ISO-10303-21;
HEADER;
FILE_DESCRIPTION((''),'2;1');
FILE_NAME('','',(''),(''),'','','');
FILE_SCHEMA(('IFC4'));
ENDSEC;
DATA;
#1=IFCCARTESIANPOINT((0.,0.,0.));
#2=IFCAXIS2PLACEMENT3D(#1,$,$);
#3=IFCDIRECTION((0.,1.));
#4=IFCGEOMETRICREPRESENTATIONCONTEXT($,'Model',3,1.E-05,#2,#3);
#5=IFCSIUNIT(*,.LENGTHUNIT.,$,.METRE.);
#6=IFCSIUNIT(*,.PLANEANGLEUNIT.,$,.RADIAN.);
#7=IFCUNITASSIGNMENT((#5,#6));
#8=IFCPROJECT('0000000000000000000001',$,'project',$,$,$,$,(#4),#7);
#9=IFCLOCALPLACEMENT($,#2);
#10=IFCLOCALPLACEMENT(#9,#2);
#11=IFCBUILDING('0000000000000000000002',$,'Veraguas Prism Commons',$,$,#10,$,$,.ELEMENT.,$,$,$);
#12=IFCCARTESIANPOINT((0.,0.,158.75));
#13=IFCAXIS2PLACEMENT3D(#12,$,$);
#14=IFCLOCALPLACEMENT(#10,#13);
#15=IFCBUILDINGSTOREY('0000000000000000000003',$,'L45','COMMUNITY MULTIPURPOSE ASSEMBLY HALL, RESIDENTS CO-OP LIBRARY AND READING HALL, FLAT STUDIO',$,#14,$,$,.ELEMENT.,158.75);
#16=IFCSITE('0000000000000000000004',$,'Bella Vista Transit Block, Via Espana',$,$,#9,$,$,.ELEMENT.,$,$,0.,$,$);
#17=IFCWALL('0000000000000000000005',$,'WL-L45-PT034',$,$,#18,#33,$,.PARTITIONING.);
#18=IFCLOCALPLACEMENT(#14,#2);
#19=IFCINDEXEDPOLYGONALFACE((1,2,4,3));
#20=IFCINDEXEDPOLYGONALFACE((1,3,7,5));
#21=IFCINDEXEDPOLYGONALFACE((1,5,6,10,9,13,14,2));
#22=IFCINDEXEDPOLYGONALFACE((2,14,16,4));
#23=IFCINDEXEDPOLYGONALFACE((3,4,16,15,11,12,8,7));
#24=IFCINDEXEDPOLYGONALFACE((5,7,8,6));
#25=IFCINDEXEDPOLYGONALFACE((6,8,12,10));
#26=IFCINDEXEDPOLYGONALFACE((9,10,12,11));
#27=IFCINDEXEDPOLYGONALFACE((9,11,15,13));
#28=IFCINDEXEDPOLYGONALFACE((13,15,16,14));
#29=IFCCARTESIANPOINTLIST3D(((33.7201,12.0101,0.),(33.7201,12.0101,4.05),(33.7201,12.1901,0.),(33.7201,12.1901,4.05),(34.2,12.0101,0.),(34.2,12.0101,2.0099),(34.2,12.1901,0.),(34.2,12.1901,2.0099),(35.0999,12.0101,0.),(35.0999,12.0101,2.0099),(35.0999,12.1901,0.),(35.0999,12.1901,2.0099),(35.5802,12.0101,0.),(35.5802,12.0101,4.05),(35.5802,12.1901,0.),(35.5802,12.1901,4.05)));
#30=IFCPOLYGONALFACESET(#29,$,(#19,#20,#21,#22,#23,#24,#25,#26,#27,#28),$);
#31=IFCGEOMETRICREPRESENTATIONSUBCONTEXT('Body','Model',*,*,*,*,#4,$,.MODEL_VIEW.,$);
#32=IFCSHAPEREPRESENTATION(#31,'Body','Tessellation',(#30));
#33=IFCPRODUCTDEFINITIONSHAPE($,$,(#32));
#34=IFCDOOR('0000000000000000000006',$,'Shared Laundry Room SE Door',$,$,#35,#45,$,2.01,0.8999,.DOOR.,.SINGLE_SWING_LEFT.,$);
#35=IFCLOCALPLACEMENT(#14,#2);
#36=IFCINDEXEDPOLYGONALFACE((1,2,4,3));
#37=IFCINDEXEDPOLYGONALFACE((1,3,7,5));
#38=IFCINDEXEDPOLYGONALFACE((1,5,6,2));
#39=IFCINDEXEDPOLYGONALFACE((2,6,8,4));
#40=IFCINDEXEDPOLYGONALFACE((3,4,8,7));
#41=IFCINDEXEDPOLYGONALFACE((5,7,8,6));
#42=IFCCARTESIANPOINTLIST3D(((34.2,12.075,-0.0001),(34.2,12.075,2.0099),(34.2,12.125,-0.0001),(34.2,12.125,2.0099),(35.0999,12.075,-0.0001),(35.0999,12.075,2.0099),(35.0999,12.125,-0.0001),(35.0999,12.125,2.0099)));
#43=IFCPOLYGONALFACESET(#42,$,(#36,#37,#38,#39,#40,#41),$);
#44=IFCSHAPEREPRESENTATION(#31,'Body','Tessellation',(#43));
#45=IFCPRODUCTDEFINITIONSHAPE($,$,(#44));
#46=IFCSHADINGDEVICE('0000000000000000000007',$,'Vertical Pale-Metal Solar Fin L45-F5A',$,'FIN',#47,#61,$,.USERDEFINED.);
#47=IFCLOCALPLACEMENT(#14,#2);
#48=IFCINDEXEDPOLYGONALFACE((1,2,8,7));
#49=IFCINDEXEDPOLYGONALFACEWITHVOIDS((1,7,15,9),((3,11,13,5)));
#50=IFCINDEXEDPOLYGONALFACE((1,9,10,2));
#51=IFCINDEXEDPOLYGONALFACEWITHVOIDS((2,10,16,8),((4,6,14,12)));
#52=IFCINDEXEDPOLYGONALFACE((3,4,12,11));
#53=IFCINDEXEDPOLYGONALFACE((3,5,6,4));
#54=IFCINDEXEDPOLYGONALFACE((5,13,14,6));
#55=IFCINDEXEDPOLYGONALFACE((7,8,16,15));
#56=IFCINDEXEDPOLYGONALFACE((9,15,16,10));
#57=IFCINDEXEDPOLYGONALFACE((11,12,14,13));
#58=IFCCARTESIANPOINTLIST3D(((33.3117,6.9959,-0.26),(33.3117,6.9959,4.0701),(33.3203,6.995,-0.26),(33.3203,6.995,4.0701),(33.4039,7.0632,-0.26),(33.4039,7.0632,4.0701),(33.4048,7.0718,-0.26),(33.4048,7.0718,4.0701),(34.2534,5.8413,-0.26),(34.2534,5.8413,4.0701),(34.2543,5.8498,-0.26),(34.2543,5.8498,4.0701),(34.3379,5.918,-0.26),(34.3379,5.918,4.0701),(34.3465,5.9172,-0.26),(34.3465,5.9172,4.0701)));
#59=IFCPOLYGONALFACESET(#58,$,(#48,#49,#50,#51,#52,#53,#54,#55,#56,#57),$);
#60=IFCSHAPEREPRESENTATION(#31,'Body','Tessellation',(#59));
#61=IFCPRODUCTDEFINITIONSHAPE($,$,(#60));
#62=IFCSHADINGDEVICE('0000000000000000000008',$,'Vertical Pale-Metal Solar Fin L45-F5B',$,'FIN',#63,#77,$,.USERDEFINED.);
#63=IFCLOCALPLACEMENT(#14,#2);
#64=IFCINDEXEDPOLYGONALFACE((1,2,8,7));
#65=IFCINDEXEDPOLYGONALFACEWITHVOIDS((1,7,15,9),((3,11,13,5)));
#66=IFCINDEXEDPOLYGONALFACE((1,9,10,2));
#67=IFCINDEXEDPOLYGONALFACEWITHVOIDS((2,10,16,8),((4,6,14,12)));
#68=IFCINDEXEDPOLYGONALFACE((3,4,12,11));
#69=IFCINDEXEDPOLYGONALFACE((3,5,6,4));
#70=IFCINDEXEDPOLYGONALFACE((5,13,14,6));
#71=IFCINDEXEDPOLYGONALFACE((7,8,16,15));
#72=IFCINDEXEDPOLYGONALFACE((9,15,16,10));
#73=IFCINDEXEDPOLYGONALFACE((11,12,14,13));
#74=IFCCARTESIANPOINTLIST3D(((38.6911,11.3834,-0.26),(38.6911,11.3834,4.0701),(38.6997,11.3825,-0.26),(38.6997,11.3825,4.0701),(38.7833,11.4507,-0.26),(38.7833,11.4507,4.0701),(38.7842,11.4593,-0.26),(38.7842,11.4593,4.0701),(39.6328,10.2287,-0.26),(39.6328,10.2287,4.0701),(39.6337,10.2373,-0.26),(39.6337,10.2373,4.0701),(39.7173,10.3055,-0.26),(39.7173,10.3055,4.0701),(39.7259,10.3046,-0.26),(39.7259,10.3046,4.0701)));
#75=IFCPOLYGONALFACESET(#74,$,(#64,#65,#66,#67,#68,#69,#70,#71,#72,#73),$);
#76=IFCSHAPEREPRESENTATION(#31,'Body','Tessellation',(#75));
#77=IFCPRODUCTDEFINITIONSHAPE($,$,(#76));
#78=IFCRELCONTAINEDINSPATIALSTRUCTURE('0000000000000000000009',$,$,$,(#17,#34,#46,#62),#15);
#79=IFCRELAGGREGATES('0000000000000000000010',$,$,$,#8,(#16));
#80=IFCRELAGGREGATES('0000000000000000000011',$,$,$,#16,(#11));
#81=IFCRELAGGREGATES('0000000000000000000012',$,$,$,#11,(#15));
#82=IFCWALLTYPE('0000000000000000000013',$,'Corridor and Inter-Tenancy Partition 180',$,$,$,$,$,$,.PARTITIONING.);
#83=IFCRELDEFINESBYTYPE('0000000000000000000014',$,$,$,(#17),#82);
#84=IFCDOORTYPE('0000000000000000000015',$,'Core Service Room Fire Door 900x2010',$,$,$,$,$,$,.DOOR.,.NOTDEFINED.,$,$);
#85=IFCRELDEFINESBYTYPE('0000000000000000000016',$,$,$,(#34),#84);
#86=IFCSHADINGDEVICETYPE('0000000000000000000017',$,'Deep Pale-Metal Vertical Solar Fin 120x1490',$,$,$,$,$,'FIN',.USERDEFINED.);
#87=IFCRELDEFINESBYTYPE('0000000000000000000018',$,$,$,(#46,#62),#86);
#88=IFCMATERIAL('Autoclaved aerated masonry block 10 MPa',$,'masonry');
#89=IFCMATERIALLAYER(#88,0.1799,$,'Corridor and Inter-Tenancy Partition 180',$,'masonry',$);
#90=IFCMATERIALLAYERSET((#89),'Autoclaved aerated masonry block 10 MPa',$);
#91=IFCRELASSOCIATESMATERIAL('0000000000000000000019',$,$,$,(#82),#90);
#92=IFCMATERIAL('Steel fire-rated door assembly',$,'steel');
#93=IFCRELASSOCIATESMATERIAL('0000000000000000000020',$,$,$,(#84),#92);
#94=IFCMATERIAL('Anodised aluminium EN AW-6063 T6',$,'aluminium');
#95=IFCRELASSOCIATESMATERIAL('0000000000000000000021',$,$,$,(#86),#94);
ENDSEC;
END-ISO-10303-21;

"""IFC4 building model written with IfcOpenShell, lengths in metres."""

from ifc_helpers import new_model, si_unit, direction, frame, frame_2d, origin, origin_2d, place, context, subcontext, project, spatial, rectangle, hollow_rectangle, extrude, source, transform, mapped, material, layer, layer_set, material_profile, profile_set, type_object, element, fill, save


model = new_model("IFC4")

# Units and contexts
model_context = context("Model", 3, precision=1e-05, world=origin(), true_north=direction((0.0, 1.0)))
body_context = subcontext(model_context, "Body", "Model", "MODEL_VIEW")
ifc_project = project(units=[si_unit("LENGTHUNIT", "METRE"), si_unit("PLANEANGLEUNIT", "RADIAN")], contexts=[model_context])

# Site, building, storey
site_placement = place(None, origin())
site = spatial("IfcSite", under=ifc_project, at=site_placement, Name="Bella Vista Transit Block, Via Espana", CompositionType="ELEMENT", RefElevation=0.0)
building_placement = place(site_placement, origin())
building = spatial("IfcBuilding", under=site, at=building_placement, Name="Veraguas Prism Commons", CompositionType="ELEMENT")
storey_placement = place(building_placement, frame((0.0, 0.0, 158.75)))
storey = spatial("IfcBuildingStorey", under=building, at=storey_placement, Name="L45", Description="COMMUNITY MULTIPURPOSE ASSEMBLY HALL, RESIDENTS CO-OP LIBRARY AND READING HALL, FLAT STUDIO", CompositionType="ELEMENT", Elevation=158.75)

# Shared definitions
ifc_material_1 = material(Name="Anodised aluminium EN AW-6063 T6", Category="aluminium")

# Shared definitions
ifc_material_2 = material(Name="Autoclaved aerated masonry block 10 MPa", Category="masonry")
ifc_layer_1 = layer(ifc_material_2, 0.1799, Name="Corridor and Inter-Tenancy Partition 180", Category="masonry")
ifc_layer_set_1 = layer_set([ifc_layer_1], Name="Autoclaved aerated masonry block 10 MPa")
wall_type_1 = type_object("IfcWallType", Name="Corridor and Inter-Tenancy Partition 180", PredefinedType="PARTITIONING", material=ifc_layer_set_1)
ifc_material_3 = material(Name="Steel fire-rated door assembly", Category="steel")
door_type_1 = type_object("IfcDoorType", Name="Core Service Room Fire Door 900x2010", OperationType="NOTDEFINED", PredefinedType="DOOR", material=ifc_material_3)
shared_shape_1 = source(origin(), body_context, "Body", "SweptSolid", [
    extrude(rectangle(XDim=0.8999, YDim=2.01, at=frame_2d((0.45, 1.0049))), frame((0.0, 0.0249, 0.0), z_axis=(0.0, -1.0, 0.0), x_axis=(1.0, 0.0, 0.0)), (0.0, 0.0, 1.0), 0.05),
])

# Wall, opening, door
wall_1_placement = place(storey_placement, frame((33.72, 12.1001, 0.0), z_axis=(0.0, 0.0, 1.0), x_axis=(1.0, 0.0, 0.0)))
wall_1 = element("IfcWall", 1, at=wall_1_placement, inside=storey, type_object=wall_type_1, Name="WL-L45-PT034", PredefinedType="PARTITIONING", context=body_context, shape_type="SweptSolid", body=[
    extrude(rectangle(XDim=1.8601, YDim=0.1799, at=frame_2d((0.9302, 0.0))), origin(), (0.0, 0.0, 1.0), 4.05),
])
opening_1_placement = place(wall_1_placement, frame((0.48, 0.0, 0.0)))
opening_1 = element("IfcOpeningElement", 2, at=opening_1_placement, cuts=wall_1, PredefinedType="OPENING", context=body_context, shape_type="SweptSolid", body=[
    extrude(rectangle(XDim=0.8999, YDim=2.01, at=frame_2d((0.45, 1.0049))), frame((0.0, 0.0999, 0.0), z_axis=(0.0, -1.0, 0.0), x_axis=(1.0, 0.0, 0.0)), (0.0, 0.0, 1.0), 0.2),
])
door_1_placement = place(opening_1_placement, origin())
door_1 = element("IfcDoor", 3, at=door_1_placement, inside=storey, type_object=door_type_1, Name="Shared Laundry Room SE Door", OperationType="SINGLE_SWING_LEFT", OverallHeight=2.01, OverallWidth=0.8999, PredefinedType="DOOR", context=body_context, shape_type="MappedRepresentation", body=[
    mapped(shared_shape_1, transform((0.0, 0.0, 0.0), scale=1.0)),
])
fill(opening_1, door_1)

# Shading devices
ifc_material_profile_1 = material_profile(ifc_material_1, hollow_rectangle(XDim=0.1201, YDim=1.49, WallThickness=0.0061, at=origin_2d()), Name="FIN120X1490X6")
ifc_profile_set_1 = profile_set([ifc_material_profile_1], Name="Anodised aluminium EN AW-6063 T6")
shading_device_type = type_object("IfcShadingDeviceType", Name="Deep Pale-Metal Vertical Solar Fin 120x1490", ElementType="FIN", PredefinedType="USERDEFINED", material=ifc_profile_set_1)
for number, where, z_axis, x_axis, name in (
    (4, (33.8291, 6.4565, -0.26), (0.0, 0.0, 1.0), (0.774944, 0.632029, 0.0), "Vertical Pale-Metal Solar Fin L45-F5A"),
    (5, (39.2085, 10.844, -0.26), (0.0, 0.0, 1.0), (0.774944, 0.632029, 0.0), "Vertical Pale-Metal Solar Fin L45-F5B"),
):
    element("IfcShadingDevice", number, at=place(storey_placement, frame(where, z_axis=z_axis, x_axis=x_axis)), inside=storey, type_object=shading_device_type, Name=name, ObjectType="FIN", PredefinedType="USERDEFINED", context=body_context, shape_type="SweptSolid", body=[
        extrude(hollow_rectangle(XDim=0.1201, YDim=1.49, WallThickness=0.0061, at=origin_2d()), origin(), (0.0, 0.0, 1.0), 4.3301),
    ])

save(model, "model.ifc")
